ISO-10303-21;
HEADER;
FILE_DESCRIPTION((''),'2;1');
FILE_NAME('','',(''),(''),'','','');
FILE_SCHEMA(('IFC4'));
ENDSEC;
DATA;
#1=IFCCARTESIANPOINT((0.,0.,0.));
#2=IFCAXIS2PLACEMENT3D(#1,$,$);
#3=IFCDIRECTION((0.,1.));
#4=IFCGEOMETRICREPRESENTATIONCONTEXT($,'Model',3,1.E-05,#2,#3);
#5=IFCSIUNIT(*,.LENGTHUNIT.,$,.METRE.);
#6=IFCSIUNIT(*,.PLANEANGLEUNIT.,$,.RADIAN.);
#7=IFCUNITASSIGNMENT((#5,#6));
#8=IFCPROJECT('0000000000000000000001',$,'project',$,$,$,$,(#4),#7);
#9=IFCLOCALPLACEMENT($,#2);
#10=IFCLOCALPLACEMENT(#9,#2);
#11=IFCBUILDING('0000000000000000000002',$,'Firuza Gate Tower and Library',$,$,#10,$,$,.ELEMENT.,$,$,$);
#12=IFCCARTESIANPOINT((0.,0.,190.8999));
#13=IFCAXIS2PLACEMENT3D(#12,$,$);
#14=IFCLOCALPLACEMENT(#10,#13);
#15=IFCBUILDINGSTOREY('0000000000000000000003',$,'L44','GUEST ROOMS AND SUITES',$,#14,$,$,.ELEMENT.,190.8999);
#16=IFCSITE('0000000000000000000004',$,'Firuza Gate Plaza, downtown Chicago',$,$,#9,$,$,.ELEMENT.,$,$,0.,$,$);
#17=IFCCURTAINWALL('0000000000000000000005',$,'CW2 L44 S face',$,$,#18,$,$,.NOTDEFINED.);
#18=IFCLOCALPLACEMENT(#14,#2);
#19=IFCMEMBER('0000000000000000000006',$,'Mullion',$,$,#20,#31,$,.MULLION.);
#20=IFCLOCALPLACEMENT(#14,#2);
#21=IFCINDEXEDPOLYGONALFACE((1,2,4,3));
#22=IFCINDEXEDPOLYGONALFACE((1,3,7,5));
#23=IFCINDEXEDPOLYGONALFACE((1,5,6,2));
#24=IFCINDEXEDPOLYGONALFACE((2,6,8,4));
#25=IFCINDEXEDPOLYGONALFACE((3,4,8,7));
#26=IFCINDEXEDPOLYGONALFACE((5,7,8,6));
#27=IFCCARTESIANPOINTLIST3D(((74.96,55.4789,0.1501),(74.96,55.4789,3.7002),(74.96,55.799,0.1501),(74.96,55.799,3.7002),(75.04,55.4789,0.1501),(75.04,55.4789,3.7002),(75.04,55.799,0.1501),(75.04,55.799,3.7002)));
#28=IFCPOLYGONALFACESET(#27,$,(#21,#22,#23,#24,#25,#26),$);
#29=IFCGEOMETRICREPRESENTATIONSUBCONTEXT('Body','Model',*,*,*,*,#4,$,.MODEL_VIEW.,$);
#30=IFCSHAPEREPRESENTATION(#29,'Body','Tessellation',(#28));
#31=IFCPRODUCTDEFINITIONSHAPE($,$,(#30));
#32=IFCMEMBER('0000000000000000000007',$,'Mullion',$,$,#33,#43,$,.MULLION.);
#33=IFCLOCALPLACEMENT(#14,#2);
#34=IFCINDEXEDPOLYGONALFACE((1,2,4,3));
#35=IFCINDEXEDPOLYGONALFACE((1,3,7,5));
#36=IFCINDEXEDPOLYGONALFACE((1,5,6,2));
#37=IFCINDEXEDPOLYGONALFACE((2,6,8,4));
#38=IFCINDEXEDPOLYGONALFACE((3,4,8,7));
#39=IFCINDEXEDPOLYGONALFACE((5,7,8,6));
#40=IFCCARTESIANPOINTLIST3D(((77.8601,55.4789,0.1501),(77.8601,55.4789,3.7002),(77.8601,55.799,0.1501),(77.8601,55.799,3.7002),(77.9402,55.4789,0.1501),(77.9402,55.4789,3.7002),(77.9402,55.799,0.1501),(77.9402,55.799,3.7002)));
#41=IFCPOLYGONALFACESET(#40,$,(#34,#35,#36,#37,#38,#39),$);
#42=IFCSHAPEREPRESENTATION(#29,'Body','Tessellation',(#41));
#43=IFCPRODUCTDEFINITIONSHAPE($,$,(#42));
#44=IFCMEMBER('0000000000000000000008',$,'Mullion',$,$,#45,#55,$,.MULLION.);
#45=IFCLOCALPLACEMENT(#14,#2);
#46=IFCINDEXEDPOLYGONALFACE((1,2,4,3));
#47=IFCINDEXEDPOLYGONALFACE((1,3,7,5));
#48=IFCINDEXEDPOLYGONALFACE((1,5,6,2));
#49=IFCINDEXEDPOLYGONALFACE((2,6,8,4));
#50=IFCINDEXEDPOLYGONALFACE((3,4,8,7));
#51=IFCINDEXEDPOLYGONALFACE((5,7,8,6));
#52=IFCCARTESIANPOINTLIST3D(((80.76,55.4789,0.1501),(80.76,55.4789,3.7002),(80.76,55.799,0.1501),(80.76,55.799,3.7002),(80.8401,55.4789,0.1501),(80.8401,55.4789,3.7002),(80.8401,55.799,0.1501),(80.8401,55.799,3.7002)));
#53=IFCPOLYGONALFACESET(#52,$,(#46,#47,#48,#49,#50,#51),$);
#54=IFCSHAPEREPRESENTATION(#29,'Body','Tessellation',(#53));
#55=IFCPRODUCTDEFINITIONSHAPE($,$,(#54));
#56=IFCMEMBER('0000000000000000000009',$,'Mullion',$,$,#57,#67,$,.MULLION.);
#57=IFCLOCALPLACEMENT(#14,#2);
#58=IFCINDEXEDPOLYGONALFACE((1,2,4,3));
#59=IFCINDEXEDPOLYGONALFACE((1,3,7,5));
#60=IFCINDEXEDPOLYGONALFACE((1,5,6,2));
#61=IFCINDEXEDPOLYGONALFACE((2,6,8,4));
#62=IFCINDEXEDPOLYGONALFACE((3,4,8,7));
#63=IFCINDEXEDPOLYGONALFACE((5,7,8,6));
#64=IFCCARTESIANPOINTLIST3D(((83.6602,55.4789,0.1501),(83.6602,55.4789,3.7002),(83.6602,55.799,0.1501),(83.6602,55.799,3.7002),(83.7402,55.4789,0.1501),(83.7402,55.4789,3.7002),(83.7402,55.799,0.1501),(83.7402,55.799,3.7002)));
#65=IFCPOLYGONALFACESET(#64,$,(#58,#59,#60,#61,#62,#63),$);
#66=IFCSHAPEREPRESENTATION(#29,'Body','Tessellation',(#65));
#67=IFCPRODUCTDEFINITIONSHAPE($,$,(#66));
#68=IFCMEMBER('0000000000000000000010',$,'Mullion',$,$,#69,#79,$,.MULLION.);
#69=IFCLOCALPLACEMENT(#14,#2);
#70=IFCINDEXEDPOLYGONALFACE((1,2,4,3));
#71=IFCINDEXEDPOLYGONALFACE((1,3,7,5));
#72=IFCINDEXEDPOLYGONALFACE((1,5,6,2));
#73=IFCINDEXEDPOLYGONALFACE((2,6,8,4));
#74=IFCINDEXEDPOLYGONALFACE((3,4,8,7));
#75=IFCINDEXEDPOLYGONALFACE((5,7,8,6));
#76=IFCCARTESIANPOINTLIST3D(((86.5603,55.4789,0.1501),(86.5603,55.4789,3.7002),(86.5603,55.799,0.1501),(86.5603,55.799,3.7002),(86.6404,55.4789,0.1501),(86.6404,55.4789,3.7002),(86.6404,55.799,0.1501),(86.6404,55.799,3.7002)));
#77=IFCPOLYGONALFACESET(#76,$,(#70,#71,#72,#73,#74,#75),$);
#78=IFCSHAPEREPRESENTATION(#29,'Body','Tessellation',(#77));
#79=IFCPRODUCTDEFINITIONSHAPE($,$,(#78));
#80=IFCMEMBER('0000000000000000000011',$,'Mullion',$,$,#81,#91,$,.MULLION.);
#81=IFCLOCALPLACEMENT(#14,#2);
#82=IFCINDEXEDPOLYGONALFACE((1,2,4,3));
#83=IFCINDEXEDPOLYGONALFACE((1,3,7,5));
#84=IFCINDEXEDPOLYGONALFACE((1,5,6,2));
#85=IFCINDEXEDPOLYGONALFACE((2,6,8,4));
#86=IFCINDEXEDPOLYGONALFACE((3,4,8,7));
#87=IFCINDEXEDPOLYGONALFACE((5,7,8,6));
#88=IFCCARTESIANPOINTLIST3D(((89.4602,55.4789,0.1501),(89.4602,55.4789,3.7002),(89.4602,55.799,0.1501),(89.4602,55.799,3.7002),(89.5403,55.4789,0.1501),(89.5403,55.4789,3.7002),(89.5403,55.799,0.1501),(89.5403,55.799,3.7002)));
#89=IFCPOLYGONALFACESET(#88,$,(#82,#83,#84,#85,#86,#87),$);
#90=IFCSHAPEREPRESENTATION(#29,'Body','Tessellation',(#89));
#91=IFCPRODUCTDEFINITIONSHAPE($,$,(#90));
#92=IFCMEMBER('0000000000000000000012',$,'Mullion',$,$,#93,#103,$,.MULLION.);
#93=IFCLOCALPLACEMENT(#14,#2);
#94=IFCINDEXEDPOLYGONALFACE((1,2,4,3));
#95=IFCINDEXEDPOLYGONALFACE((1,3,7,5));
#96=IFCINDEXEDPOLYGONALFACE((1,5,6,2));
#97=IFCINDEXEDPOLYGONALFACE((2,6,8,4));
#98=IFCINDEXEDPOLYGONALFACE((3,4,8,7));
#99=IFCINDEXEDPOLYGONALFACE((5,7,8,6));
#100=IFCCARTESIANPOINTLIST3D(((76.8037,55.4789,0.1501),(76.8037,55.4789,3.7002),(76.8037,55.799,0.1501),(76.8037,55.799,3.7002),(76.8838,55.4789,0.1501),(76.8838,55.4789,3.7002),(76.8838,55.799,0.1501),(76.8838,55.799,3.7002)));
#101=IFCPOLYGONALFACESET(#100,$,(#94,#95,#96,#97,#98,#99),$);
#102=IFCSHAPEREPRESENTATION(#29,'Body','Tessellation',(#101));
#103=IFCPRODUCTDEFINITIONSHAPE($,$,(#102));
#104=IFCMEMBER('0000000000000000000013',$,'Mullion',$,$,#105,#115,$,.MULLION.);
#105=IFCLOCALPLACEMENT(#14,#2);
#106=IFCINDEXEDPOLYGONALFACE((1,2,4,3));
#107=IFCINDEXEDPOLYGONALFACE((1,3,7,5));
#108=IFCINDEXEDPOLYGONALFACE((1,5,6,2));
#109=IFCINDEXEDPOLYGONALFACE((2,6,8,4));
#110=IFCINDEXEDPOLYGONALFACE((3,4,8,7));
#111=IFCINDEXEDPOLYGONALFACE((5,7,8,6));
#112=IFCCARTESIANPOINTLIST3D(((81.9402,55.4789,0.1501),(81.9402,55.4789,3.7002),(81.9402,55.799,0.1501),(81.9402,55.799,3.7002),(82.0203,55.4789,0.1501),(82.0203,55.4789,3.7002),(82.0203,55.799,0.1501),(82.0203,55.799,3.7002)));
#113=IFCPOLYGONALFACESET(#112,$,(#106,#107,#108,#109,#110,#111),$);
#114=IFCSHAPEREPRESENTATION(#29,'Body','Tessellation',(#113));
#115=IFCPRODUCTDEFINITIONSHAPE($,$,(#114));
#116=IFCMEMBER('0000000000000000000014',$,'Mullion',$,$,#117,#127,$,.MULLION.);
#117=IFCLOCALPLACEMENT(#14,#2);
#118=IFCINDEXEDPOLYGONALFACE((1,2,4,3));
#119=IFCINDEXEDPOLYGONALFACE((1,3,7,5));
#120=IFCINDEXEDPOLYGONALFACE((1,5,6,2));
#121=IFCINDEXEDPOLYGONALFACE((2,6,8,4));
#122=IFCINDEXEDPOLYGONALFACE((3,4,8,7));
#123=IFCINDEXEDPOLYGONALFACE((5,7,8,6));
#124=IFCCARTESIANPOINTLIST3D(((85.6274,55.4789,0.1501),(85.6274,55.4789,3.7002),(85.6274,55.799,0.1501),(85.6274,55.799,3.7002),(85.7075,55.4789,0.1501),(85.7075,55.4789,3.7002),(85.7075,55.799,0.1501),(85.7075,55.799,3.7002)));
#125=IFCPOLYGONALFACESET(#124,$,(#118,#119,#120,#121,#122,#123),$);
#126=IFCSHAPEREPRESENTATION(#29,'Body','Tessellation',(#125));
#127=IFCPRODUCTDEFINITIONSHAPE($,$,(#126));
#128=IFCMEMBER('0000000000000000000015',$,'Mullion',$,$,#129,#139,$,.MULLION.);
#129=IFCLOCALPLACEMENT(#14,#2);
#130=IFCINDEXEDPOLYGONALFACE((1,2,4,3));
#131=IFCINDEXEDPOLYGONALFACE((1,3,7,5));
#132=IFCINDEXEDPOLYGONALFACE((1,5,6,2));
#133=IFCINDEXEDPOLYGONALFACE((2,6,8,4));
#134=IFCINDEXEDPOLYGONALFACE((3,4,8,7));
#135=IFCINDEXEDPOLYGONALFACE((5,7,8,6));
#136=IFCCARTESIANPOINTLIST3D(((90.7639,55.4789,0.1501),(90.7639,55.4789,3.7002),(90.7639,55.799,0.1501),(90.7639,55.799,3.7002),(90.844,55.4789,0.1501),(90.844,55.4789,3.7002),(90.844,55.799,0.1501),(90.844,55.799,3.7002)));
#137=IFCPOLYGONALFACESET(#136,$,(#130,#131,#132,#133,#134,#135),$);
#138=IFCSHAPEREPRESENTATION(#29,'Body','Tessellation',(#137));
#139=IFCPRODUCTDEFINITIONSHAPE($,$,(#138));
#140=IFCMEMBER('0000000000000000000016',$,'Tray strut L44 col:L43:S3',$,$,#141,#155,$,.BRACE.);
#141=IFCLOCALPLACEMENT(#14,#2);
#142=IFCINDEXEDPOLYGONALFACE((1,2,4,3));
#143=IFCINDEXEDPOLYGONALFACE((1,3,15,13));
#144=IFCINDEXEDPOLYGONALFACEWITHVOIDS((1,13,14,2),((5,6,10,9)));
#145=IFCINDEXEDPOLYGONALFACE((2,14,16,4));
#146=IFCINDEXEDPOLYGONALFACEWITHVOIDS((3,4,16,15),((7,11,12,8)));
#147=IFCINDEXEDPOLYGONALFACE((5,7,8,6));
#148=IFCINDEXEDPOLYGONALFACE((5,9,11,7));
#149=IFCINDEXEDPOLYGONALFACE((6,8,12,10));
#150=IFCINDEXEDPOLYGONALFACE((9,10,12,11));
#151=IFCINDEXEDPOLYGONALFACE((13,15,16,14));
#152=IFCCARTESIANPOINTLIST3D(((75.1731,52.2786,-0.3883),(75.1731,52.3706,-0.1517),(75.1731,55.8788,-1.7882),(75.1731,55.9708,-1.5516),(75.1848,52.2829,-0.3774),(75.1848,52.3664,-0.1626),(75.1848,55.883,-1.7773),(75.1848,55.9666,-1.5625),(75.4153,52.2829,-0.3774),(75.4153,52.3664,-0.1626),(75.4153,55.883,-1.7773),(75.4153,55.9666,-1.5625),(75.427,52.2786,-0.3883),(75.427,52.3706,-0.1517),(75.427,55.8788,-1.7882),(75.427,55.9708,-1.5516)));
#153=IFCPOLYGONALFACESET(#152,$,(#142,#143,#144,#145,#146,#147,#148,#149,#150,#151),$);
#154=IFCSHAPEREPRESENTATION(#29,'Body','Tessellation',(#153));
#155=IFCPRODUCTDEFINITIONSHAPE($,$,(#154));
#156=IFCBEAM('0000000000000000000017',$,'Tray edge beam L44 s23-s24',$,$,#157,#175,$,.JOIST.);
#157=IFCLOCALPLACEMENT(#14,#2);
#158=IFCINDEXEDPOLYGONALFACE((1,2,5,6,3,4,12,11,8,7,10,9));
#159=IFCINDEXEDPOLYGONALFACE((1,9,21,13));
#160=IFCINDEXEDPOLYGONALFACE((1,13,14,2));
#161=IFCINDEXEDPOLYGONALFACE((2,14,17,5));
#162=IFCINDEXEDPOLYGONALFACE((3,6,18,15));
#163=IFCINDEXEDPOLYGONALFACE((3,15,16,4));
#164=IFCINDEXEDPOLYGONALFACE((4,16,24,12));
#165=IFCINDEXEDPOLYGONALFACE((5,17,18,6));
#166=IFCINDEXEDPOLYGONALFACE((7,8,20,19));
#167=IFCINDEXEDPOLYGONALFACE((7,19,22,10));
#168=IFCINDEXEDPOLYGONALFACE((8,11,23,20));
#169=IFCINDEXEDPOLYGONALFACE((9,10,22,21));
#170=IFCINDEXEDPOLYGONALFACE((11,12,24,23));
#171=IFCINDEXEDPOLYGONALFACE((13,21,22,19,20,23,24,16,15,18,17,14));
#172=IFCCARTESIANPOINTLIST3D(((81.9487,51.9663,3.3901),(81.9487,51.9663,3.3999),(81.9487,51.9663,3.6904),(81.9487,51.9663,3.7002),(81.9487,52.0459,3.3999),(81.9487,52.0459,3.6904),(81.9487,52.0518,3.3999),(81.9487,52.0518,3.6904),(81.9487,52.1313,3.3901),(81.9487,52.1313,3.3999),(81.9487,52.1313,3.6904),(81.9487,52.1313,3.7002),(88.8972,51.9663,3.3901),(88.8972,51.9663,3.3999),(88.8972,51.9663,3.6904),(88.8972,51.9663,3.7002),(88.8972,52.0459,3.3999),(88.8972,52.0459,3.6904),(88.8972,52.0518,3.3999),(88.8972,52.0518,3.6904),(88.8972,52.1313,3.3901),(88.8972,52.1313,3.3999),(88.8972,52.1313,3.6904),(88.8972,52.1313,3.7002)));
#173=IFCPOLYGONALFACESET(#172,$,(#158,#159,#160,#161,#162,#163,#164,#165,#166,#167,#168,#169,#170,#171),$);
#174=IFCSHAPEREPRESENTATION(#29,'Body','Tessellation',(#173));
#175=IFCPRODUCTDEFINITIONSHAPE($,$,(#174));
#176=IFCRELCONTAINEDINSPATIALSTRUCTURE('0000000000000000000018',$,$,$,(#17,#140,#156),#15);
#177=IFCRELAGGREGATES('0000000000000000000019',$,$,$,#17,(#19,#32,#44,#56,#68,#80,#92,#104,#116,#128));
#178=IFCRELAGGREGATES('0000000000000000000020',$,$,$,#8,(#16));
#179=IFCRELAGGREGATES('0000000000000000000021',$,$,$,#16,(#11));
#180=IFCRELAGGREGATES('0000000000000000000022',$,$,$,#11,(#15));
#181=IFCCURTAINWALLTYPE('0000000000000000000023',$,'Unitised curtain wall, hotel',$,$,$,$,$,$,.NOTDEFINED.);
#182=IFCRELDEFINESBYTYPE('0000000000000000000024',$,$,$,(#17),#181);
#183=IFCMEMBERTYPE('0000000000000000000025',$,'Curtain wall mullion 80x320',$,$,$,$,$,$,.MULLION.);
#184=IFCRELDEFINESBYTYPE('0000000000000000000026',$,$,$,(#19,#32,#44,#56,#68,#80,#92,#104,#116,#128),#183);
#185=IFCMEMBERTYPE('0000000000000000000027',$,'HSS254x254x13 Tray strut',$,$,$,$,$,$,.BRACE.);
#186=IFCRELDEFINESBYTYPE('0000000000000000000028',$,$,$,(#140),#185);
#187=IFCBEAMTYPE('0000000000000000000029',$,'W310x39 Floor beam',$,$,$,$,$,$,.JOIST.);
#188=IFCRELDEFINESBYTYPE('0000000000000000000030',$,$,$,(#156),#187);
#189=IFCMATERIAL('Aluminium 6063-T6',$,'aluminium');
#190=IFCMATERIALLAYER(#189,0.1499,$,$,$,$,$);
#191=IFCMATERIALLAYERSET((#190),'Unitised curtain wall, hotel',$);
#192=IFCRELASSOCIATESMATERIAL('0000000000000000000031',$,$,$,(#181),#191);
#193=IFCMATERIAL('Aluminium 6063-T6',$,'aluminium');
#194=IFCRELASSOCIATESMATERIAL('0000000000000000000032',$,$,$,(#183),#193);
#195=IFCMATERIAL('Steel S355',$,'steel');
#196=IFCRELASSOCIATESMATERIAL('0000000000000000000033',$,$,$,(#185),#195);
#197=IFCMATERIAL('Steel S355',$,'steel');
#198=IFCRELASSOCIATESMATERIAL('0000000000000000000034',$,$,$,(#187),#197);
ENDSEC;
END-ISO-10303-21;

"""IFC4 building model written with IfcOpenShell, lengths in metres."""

from ifc_helpers import new_model, si_unit, direction, frame, origin, origin_2d, place, context, subcontext, project, spatial, rectangle, hollow_rectangle, i_section, extrude, material, layer, layer_set, material_profile, profile_set, type_object, element, aggregate, save


model = new_model("IFC4")

# Units and contexts
model_context = context("Model", 3, precision=1e-05, world=origin(), true_north=direction((0.0, 1.0)))
body_context = subcontext(model_context, "Body", "Model", "MODEL_VIEW")
ifc_project = project(units=[si_unit("LENGTHUNIT", "METRE"), si_unit("PLANEANGLEUNIT", "RADIAN")], contexts=[model_context])

# Site, building, storey
site_placement = place(None, origin())
site = spatial("IfcSite", under=ifc_project, at=site_placement, Name="Firuza Gate Plaza, downtown Chicago", CompositionType="ELEMENT", RefElevation=0.0)
building_placement = place(site_placement, origin())
building = spatial("IfcBuilding", under=site, at=building_placement, Name="Firuza Gate Tower and Library", CompositionType="ELEMENT")
storey_placement = place(building_placement, frame((0.0, 0.0, 190.8999)))
storey = spatial("IfcBuildingStorey", under=building, at=storey_placement, Name="L44", Description="GUEST ROOMS AND SUITES", CompositionType="ELEMENT", Elevation=190.8999)

# Curtain wall, members
ifc_material_1 = material(Name="Aluminium 6063-T6", Category="aluminium")
ifc_layer_1 = layer(ifc_material_1, 0.1499)
ifc_layer_set_1 = layer_set([ifc_layer_1], Name="Unitised curtain wall, hotel")
curtain_wall_type = type_object("IfcCurtainWallType", Name="Unitised curtain wall, hotel", PredefinedType="NOTDEFINED", material=ifc_layer_set_1)
curtain_wall_placement = place(storey_placement, origin())
curtain_wall = element("IfcCurtainWall", 1, at=curtain_wall_placement, inside=storey, type_object=curtain_wall_type, Name="CW2 L44 S face", PredefinedType="NOTDEFINED")
ifc_material_2 = material(Name="Aluminium 6063-T6", Category="aluminium")
ifc_material_profile_1 = material_profile(ifc_material_2, rectangle(XDim=0.3201, YDim=0.0801, at=origin_2d()))
ifc_profile_set_1 = profile_set([ifc_material_profile_1], Name="Aluminium 6063-T6")
member_type_1 = type_object("IfcMemberType", Name="Curtain wall mullion 80x320", PredefinedType="MULLION", material=ifc_profile_set_1)
member_1_placement = place(storey_placement, frame((75.0, 55.6389, 0.1501), z_axis=(0.0, 0.0, 1.0), x_axis=(0.0, 1.0, 0.0)))
member_1 = element("IfcMember", 2, at=member_1_placement, type_object=member_type_1, Name="Mullion", PredefinedType="MULLION", context=body_context, shape_type="SweptSolid", body=[
    extrude(rectangle(XDim=0.3201, YDim=0.0801, at=origin_2d()), origin(), (0.0, 0.0, 1.0), 3.55),
])
member_2_placement = place(storey_placement, frame((77.9001, 55.6389, 0.1501), z_axis=(0.0, 0.0, 1.0), x_axis=(0.0, 1.0, 0.0)))
member_2 = element("IfcMember", 3, at=member_2_placement, type_object=member_type_1, Name="Mullion", PredefinedType="MULLION", context=body_context, shape_type="SweptSolid", body=[
    extrude(rectangle(XDim=0.3201, YDim=0.0801, at=origin_2d()), origin(), (0.0, 0.0, 1.0), 3.55),
])
member_3_placement = place(storey_placement, frame((80.8, 55.6389, 0.1501), z_axis=(0.0, 0.0, 1.0), x_axis=(0.0, 1.0, 0.0)))
member_3 = element("IfcMember", 4, at=member_3_placement, type_object=member_type_1, Name="Mullion", PredefinedType="MULLION", context=body_context, shape_type="SweptSolid", body=[
    extrude(rectangle(XDim=0.3201, YDim=0.0801, at=origin_2d()), origin(), (0.0, 0.0, 1.0), 3.55),
])
member_4_placement = place(storey_placement, frame((83.7002, 55.6389, 0.1501), z_axis=(0.0, 0.0, 1.0), x_axis=(0.0, 1.0, 0.0)))
member_4 = element("IfcMember", 5, at=member_4_placement, type_object=member_type_1, Name="Mullion", PredefinedType="MULLION", context=body_context, shape_type="SweptSolid", body=[
    extrude(rectangle(XDim=0.3201, YDim=0.0801, at=origin_2d()), origin(), (0.0, 0.0, 1.0), 3.55),
])
member_5_placement = place(storey_placement, frame((86.6003, 55.6389, 0.1501), z_axis=(0.0, 0.0, 1.0), x_axis=(0.0, 1.0, 0.0)))
member_5 = element("IfcMember", 6, at=member_5_placement, type_object=member_type_1, Name="Mullion", PredefinedType="MULLION", context=body_context, shape_type="SweptSolid", body=[
    extrude(rectangle(XDim=0.3201, YDim=0.0801, at=origin_2d()), origin(), (0.0, 0.0, 1.0), 3.55),
])
member_6_placement = place(storey_placement, frame((89.5002, 55.6389, 0.1501), z_axis=(0.0, 0.0, 1.0), x_axis=(0.0, 1.0, 0.0)))
member_6 = element("IfcMember", 7, at=member_6_placement, type_object=member_type_1, Name="Mullion", PredefinedType="MULLION", context=body_context, shape_type="SweptSolid", body=[
    extrude(rectangle(XDim=0.3201, YDim=0.0801, at=origin_2d()), origin(), (0.0, 0.0, 1.0), 3.55),
])
member_7_placement = place(storey_placement, frame((76.8438, 55.6389, 0.1501), z_axis=(0.0, 0.0, 1.0), x_axis=(0.0, 1.0, 0.0)))
member_7 = element("IfcMember", 8, at=member_7_placement, type_object=member_type_1, Name="Mullion", PredefinedType="MULLION", context=body_context, shape_type="SweptSolid", body=[
    extrude(rectangle(XDim=0.3201, YDim=0.0801, at=origin_2d()), origin(), (0.0, 0.0, 1.0), 3.55),
])
member_8_placement = place(storey_placement, frame((81.9802, 55.6389, 0.1501), z_axis=(0.0, 0.0, 1.0), x_axis=(0.0, 1.0, 0.0)))
member_8 = element("IfcMember", 9, at=member_8_placement, type_object=member_type_1, Name="Mullion", PredefinedType="MULLION", context=body_context, shape_type="SweptSolid", body=[
    extrude(rectangle(XDim=0.3201, YDim=0.0801, at=origin_2d()), origin(), (0.0, 0.0, 1.0), 3.55),
])
member_9_placement = place(storey_placement, frame((85.6675, 55.6389, 0.1501), z_axis=(0.0, 0.0, 1.0), x_axis=(0.0, 1.0, 0.0)))
member_9 = element("IfcMember", 10, at=member_9_placement, type_object=member_type_1, Name="Mullion", PredefinedType="MULLION", context=body_context, shape_type="SweptSolid", body=[
    extrude(rectangle(XDim=0.3201, YDim=0.0801, at=origin_2d()), origin(), (0.0, 0.0, 1.0), 3.55),
])
member_10_placement = place(storey_placement, frame((90.804, 55.6389, 0.1501), z_axis=(0.0, 0.0, 1.0), x_axis=(0.0, 1.0, 0.0)))
member_10 = element("IfcMember", 11, at=member_10_placement, type_object=member_type_1, Name="Mullion", PredefinedType="MULLION", context=body_context, shape_type="SweptSolid", body=[
    extrude(rectangle(XDim=0.3201, YDim=0.0801, at=origin_2d()), origin(), (0.0, 0.0, 1.0), 3.55),
])

# Member
ifc_material_3 = material(Name="Steel S355", Category="steel")
ifc_material_profile_2 = material_profile(ifc_material_3, hollow_rectangle(XDim=0.2539, YDim=0.2539, WallThickness=0.0117, at=origin_2d()))
ifc_profile_set_2 = profile_set([ifc_material_profile_2], Name="Steel S355")
member_type_2 = type_object("IfcMemberType", Name="HSS254x254x13 Tray strut", PredefinedType="BRACE", material=ifc_profile_set_2)
member_11_placement = place(storey_placement, frame((75.3, 55.9248, -1.6699), z_axis=(0.0, -0.932017, 0.362416), x_axis=(1.0, 0.0, 0.0)))
element("IfcMember", 12, at=member_11_placement, inside=storey, type_object=member_type_2, Name="Tray strut L44 col:L43:S3", PredefinedType="BRACE", context=body_context, shape_type="SweptSolid", body=[
    extrude(hollow_rectangle(XDim=0.2539, YDim=0.2539, WallThickness=0.0117, at=origin_2d()), origin(), (0.0, 0.0, 1.0), 3.8628),
])

# Beam
ifc_material_4 = material(Name="Steel S355", Category="steel")
ifc_material_profile_3 = material_profile(ifc_material_4, i_section(OverallWidth=0.165, OverallDepth=0.3101, WebThickness=0.0059, FlangeThickness=0.0098, at=origin_2d()))
ifc_profile_set_3 = profile_set([ifc_material_profile_3], Name="Steel S355")
beam_type_1 = type_object("IfcBeamType", Name="W310x39 Floor beam", PredefinedType="JOIST", material=ifc_profile_set_3)
beam_1_placement = place(storey_placement, frame((81.9487, 52.0488, 3.5452), z_axis=(1.0, 0.0, 0.0), x_axis=(0.0, 1.0, 0.0)))
element("IfcBeam", 13, at=beam_1_placement, inside=storey, type_object=beam_type_1, Name="Tray edge beam L44 s23-s24", PredefinedType="JOIST", context=body_context, shape_type="SweptSolid", body=[
    extrude(i_section(OverallWidth=0.165, OverallDepth=0.3101, WebThickness=0.0059, FlangeThickness=0.0098, at=origin_2d()), origin(), (0.0, 0.0, 1.0), 6.9485),
])

aggregate(curtain_wall, [member_1, member_2, member_3, member_4, member_5, member_6, member_7, member_8, member_9, member_10])

save(model, "model.ifc")
